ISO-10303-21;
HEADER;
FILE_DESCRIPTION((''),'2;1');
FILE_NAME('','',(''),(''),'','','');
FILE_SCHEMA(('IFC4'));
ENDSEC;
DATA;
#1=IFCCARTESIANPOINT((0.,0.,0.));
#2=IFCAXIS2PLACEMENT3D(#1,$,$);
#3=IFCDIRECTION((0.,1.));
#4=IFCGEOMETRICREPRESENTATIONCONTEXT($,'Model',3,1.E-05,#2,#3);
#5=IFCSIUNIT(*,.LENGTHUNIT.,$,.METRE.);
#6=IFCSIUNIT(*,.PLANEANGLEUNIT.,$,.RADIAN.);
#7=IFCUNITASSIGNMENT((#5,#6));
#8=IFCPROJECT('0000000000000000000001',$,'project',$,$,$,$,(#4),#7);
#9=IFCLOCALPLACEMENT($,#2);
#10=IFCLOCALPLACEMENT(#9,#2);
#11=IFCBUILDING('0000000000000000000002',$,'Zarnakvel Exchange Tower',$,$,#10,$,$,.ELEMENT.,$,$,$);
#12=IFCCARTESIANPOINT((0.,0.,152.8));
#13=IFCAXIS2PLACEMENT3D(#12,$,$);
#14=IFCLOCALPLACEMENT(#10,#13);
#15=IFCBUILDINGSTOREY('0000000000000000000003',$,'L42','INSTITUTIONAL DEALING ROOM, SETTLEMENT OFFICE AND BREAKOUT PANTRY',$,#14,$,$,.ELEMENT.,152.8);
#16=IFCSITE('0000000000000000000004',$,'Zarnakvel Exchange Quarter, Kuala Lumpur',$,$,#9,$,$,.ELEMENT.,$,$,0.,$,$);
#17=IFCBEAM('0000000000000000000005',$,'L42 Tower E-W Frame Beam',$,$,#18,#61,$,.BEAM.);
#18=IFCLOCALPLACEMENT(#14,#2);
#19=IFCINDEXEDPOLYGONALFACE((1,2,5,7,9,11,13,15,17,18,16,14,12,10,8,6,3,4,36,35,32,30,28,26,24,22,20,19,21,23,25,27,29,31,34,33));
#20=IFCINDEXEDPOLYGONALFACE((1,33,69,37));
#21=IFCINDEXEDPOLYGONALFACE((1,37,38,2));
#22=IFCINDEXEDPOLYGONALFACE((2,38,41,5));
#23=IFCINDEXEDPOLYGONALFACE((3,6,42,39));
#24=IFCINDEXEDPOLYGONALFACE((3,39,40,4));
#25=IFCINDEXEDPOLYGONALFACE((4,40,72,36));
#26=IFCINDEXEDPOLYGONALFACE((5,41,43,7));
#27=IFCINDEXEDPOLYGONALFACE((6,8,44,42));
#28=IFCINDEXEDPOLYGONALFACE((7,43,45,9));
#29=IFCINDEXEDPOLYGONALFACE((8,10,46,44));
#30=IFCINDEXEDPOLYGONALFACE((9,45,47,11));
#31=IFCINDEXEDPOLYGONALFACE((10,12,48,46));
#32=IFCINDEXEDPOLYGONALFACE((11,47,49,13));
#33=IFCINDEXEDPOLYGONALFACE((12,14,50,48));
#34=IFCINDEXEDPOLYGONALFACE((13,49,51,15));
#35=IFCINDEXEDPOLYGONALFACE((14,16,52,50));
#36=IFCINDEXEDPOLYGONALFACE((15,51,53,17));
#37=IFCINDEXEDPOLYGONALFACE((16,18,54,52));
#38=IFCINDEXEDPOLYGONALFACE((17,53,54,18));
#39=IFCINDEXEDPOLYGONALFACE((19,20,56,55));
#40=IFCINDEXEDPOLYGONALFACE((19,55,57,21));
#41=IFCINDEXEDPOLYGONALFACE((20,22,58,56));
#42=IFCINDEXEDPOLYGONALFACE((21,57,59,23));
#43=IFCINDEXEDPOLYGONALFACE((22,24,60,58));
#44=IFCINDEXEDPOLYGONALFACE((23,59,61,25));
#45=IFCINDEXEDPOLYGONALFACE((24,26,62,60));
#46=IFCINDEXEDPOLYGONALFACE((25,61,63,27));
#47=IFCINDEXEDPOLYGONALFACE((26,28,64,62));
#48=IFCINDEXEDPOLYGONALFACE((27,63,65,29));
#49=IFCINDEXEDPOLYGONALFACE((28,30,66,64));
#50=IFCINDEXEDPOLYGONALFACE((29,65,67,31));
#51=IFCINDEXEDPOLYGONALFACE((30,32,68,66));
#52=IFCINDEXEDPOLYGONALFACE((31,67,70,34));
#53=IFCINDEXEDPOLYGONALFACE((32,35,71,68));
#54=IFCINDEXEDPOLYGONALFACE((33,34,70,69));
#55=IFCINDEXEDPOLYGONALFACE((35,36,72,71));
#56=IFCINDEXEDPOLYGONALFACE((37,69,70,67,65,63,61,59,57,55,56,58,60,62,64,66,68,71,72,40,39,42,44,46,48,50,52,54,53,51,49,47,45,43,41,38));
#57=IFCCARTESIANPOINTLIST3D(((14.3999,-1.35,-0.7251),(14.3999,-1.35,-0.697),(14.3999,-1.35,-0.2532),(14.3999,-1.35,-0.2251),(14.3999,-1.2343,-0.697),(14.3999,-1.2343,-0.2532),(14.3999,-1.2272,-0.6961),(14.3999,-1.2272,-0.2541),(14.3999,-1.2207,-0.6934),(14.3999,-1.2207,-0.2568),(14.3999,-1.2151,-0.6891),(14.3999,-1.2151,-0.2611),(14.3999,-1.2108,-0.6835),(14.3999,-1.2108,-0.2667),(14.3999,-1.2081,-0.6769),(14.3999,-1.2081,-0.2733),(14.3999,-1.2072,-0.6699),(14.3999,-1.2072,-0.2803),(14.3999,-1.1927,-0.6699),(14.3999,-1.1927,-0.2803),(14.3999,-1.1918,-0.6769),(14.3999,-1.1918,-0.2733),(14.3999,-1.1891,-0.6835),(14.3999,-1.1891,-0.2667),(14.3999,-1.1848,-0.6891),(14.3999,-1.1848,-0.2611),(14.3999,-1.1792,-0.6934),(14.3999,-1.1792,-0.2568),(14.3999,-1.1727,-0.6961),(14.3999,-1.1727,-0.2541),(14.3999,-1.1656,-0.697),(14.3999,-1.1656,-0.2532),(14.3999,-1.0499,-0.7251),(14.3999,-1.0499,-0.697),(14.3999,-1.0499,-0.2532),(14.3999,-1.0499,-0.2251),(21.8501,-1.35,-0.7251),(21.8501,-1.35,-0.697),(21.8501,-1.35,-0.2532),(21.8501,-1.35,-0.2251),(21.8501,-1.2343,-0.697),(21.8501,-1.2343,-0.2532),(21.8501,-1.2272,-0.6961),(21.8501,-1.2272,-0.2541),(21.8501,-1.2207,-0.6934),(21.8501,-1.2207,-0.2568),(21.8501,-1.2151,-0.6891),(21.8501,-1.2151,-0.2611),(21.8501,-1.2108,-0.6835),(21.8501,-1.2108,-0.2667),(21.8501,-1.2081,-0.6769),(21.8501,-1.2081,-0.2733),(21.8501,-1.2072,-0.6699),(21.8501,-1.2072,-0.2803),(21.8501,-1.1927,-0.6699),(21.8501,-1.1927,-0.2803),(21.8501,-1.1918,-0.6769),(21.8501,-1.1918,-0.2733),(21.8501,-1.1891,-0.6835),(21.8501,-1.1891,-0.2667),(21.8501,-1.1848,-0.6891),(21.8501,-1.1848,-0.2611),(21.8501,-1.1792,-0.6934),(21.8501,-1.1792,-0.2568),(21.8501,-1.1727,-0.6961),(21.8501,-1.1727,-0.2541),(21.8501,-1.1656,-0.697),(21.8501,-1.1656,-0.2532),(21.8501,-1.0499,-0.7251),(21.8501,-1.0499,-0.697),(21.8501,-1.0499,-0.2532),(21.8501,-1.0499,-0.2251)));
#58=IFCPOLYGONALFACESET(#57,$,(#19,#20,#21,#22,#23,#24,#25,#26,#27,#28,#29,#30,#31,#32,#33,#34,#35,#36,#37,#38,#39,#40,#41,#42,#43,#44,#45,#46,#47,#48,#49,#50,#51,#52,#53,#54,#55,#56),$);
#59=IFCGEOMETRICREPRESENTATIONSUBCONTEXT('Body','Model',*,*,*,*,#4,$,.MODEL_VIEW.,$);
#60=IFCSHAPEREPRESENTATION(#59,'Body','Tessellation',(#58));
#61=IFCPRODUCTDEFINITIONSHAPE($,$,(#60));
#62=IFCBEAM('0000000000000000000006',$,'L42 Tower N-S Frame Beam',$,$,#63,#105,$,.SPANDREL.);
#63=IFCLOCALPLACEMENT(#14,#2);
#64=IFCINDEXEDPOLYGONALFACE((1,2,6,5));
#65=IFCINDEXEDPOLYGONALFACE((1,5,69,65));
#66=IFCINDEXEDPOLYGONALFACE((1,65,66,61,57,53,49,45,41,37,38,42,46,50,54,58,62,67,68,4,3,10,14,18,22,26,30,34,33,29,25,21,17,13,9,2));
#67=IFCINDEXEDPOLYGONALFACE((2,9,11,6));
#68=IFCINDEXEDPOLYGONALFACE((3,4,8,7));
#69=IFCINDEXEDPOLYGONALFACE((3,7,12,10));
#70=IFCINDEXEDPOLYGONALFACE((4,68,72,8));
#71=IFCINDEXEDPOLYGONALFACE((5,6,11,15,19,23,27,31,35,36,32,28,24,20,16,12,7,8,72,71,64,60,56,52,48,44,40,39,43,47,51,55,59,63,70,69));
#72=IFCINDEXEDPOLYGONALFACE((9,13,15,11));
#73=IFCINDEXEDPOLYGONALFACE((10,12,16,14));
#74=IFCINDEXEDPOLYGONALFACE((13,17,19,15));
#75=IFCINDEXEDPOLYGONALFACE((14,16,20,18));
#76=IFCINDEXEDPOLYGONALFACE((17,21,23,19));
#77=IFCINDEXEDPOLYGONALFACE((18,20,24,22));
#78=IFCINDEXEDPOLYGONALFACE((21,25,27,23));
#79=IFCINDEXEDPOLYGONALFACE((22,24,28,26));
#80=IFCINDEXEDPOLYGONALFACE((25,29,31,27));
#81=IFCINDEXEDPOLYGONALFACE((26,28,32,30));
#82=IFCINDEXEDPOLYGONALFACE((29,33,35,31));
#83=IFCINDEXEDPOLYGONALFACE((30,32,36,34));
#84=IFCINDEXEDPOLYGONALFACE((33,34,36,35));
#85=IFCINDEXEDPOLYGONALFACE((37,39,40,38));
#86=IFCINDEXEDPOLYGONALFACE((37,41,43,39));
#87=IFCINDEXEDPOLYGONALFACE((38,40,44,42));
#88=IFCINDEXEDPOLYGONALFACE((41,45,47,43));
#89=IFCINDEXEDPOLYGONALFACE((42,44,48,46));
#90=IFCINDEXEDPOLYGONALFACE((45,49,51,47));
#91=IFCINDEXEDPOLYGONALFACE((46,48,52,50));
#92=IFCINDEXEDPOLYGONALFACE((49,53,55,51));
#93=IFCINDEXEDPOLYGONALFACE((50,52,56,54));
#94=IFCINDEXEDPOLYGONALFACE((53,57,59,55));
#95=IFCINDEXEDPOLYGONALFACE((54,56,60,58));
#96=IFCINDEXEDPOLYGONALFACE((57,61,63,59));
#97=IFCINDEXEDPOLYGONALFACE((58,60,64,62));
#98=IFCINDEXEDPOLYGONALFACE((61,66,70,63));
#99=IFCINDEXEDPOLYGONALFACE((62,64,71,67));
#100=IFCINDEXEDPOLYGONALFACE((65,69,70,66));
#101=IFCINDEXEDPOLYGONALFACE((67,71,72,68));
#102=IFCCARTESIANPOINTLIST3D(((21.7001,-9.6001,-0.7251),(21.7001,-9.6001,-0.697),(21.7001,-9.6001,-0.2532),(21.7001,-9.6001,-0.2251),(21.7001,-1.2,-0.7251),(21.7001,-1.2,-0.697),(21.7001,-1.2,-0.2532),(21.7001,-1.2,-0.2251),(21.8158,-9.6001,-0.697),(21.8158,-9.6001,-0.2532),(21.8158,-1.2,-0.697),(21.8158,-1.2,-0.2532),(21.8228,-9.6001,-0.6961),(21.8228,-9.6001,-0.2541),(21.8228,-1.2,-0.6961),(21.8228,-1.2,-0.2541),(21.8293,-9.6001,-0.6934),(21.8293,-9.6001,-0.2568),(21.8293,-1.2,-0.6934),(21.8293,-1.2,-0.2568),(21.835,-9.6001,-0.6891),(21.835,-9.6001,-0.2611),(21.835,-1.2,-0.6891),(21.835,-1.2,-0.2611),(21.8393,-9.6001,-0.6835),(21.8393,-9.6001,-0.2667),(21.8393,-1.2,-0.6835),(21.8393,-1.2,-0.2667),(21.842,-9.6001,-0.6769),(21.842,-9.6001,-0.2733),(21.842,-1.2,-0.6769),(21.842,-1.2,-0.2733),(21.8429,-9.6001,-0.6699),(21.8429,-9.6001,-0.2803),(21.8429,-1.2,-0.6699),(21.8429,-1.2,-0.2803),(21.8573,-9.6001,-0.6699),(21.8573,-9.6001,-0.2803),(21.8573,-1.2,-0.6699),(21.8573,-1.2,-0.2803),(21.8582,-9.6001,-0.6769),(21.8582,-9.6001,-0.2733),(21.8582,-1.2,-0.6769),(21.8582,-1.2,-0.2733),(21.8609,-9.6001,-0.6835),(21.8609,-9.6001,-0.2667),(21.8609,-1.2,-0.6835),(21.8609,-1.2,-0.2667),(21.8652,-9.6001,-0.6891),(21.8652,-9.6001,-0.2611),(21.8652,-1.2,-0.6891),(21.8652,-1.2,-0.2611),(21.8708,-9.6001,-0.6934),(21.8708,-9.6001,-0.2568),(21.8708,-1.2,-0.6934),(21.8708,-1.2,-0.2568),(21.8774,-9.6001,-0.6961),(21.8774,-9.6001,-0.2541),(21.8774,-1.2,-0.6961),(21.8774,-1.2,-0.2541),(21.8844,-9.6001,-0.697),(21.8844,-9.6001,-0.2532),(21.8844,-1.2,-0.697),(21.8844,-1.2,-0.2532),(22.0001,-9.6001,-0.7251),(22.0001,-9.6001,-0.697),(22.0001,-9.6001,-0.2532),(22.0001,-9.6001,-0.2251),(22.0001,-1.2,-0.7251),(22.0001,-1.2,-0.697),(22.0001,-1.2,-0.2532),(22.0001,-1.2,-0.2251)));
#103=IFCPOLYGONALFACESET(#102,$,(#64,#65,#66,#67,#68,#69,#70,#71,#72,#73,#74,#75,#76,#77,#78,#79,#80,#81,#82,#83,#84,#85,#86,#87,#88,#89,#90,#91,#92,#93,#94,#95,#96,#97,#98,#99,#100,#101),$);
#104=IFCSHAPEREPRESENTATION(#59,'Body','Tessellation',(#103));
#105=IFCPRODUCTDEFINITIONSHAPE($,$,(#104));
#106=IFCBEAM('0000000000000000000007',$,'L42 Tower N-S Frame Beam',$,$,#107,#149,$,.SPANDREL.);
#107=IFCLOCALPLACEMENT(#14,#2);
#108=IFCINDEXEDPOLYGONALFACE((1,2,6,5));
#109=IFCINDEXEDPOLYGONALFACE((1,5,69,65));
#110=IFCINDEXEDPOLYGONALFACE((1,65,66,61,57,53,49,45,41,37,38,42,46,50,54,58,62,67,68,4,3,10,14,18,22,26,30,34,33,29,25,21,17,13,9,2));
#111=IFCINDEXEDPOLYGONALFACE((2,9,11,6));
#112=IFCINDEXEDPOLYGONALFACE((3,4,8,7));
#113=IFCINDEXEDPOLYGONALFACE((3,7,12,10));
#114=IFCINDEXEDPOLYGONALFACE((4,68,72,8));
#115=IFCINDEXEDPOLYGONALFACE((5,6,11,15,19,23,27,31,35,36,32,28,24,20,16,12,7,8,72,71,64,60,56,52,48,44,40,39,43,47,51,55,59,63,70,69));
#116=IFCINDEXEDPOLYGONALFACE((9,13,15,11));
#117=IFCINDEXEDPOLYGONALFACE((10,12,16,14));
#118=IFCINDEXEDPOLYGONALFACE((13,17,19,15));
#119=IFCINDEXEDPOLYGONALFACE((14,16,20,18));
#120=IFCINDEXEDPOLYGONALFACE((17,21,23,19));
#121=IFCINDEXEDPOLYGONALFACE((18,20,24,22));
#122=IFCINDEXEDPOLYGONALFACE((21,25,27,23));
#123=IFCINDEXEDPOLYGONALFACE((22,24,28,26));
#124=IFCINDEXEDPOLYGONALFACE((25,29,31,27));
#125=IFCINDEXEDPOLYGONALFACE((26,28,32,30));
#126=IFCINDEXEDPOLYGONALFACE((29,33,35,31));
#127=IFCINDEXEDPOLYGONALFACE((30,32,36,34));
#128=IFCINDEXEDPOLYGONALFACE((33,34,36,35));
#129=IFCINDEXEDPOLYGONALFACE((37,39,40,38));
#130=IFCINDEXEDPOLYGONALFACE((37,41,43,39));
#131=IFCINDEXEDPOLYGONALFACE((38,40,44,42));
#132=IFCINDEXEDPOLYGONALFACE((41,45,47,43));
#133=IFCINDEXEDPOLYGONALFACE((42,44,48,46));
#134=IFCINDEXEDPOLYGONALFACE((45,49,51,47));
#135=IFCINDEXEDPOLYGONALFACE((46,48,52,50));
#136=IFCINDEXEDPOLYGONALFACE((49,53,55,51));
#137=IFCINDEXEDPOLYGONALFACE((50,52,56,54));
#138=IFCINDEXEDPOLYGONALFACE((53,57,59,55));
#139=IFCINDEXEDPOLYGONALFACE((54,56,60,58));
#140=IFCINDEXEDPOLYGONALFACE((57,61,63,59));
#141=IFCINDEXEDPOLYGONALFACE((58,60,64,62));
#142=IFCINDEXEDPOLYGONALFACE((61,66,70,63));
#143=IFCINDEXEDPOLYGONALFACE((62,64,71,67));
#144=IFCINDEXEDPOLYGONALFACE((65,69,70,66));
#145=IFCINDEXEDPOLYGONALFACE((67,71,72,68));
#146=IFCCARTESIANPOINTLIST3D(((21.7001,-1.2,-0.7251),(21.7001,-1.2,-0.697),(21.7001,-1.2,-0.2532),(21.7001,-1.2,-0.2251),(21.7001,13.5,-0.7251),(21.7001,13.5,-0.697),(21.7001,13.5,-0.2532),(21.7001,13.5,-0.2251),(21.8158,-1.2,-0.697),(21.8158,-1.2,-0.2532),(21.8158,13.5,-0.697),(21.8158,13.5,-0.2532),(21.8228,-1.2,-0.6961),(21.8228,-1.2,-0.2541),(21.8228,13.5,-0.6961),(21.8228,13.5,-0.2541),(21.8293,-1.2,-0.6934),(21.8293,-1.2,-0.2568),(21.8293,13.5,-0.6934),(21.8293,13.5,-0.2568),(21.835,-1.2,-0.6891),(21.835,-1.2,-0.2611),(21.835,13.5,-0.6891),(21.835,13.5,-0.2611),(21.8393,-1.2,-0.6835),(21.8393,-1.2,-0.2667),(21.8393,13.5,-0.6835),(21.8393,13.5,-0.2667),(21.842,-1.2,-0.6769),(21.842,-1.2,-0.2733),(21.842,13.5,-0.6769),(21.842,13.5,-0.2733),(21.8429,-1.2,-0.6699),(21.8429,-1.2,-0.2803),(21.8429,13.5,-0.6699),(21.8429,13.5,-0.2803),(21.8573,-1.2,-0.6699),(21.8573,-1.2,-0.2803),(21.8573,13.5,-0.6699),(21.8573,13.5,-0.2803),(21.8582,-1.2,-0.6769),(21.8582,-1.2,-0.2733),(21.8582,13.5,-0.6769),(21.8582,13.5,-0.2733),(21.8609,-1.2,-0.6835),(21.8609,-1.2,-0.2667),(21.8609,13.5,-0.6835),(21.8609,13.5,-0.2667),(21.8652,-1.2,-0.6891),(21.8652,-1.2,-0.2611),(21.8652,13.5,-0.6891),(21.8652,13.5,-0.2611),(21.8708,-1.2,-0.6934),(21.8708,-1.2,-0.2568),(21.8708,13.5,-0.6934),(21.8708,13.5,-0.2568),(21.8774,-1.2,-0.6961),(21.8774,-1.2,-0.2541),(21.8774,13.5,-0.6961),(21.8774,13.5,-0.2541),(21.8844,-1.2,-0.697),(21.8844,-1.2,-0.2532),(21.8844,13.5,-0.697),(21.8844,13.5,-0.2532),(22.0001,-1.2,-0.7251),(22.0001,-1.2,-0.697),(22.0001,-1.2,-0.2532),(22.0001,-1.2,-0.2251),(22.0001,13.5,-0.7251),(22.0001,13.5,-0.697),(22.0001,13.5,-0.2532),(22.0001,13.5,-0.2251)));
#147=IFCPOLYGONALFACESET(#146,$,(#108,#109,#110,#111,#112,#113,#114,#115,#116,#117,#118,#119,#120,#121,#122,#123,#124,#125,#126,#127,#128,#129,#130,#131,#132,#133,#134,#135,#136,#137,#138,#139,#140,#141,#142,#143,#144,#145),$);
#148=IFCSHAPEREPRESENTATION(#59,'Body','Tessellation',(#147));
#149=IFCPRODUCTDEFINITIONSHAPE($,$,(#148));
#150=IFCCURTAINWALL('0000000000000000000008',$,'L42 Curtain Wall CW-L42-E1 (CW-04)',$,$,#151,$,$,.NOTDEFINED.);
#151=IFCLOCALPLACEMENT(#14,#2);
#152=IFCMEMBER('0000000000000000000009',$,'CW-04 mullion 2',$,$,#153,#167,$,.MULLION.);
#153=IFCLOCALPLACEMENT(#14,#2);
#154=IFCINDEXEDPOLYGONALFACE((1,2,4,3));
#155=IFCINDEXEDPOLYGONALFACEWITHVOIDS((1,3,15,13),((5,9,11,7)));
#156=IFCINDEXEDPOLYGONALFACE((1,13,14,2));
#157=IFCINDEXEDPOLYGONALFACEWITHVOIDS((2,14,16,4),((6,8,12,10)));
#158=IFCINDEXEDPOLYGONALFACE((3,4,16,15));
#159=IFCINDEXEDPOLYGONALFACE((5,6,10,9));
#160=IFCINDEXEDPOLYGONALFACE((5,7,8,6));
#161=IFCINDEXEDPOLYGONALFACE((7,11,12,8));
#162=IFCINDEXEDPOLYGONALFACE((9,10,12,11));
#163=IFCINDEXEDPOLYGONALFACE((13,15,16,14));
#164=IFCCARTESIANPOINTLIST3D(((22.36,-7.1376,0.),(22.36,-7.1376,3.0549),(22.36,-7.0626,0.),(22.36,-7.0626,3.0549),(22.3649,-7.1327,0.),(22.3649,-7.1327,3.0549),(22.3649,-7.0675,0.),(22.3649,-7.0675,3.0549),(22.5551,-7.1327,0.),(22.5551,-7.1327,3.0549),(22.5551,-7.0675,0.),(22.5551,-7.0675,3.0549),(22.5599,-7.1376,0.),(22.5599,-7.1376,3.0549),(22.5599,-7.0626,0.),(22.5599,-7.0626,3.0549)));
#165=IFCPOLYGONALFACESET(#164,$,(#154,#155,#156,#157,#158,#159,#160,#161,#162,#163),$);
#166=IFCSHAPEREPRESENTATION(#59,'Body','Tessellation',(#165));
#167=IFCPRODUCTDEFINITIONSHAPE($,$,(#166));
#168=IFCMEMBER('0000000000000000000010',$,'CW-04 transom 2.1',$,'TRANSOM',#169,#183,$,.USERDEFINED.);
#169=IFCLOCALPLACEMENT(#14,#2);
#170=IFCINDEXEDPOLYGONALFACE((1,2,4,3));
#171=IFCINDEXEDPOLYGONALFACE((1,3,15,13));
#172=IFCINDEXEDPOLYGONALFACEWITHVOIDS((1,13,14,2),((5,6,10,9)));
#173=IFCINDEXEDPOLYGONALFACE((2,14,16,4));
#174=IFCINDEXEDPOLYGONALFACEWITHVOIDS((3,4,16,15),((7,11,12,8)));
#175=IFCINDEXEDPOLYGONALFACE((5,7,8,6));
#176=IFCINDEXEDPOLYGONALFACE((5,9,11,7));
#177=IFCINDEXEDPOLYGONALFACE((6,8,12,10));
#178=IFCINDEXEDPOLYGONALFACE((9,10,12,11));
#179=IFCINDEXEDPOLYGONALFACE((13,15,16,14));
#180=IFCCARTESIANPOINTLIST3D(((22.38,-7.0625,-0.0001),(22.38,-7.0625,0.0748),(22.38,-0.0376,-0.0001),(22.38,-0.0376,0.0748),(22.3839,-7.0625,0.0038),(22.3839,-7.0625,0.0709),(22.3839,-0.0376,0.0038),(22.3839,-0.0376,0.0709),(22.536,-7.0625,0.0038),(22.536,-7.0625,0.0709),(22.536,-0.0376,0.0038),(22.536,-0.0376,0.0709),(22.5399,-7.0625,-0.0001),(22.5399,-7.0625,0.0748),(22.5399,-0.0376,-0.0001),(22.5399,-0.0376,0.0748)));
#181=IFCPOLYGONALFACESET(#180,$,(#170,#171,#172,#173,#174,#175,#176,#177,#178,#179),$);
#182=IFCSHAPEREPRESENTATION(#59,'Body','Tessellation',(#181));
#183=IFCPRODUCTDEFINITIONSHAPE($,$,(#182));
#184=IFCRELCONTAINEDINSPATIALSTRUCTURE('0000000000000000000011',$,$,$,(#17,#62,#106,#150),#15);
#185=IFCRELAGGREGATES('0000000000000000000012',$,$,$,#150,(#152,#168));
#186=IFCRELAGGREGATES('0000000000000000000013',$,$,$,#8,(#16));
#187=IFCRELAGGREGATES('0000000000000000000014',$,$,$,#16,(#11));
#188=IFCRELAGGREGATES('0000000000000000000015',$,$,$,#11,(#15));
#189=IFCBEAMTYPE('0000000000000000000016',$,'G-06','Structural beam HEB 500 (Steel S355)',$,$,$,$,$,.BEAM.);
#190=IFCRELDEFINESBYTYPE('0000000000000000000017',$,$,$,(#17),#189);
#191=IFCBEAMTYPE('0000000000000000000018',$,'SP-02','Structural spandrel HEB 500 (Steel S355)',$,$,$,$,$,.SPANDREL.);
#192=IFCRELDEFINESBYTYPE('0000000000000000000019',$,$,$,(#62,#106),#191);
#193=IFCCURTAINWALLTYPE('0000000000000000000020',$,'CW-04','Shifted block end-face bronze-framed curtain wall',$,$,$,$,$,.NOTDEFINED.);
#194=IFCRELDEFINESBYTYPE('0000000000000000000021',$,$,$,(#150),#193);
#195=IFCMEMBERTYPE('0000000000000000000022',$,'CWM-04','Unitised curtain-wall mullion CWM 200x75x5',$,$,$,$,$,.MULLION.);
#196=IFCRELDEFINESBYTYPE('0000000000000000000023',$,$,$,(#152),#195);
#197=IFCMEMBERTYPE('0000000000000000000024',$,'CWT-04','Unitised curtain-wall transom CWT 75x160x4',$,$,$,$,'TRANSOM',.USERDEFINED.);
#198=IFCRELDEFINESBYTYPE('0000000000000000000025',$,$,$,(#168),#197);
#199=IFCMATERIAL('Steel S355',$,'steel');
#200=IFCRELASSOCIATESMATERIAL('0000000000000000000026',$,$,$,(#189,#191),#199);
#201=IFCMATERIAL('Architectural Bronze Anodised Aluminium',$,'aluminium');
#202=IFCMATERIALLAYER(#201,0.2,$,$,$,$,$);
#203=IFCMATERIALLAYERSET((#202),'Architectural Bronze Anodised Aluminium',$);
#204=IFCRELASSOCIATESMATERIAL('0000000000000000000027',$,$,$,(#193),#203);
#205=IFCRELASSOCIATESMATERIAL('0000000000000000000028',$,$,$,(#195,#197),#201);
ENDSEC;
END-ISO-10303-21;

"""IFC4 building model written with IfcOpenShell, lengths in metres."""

from ifc_helpers import new_model, si_unit, direction, frame, origin, origin_2d, place, context, subcontext, project, spatial, hollow_rectangle, i_section, extrude, source, transform, mapped, material, layer, layer_set, material_profile, profile_set, type_object, element, aggregate, save


model = new_model("IFC4")

# Units and contexts
model_context = context("Model", 3, precision=1e-05, world=origin(), true_north=direction((0.0, 1.0)))
body_context = subcontext(model_context, "Body", "Model", "MODEL_VIEW")
ifc_project = project(units=[si_unit("LENGTHUNIT", "METRE"), si_unit("PLANEANGLEUNIT", "RADIAN")], contexts=[model_context])

# Site, building, storey
site_placement = place(None, origin())
site = spatial("IfcSite", under=ifc_project, at=site_placement, Name="Zarnakvel Exchange Quarter, Kuala Lumpur", CompositionType="ELEMENT", RefElevation=0.0)
building_placement = place(site_placement, origin())
building = spatial("IfcBuilding", under=site, at=building_placement, Name="Zarnakvel Exchange Tower", CompositionType="ELEMENT")
storey_placement = place(building_placement, frame((0.0, 0.0, 152.8)))
storey = spatial("IfcBuildingStorey", under=building, at=storey_placement, Name="L42", Description="INSTITUTIONAL DEALING ROOM, SETTLEMENT OFFICE AND BREAKOUT PANTRY", CompositionType="ELEMENT", Elevation=152.8)

# Shared definitions
ifc_material_1 = material(Name="Steel S355", Category="steel")

# Beams
ifc_material_profile_1 = material_profile(ifc_material_1, i_section(OverallWidth=0.3, OverallDepth=0.5, WebThickness=0.0144, FlangeThickness=0.0281, FilletRadius=0.0271, at=origin_2d()))
ifc_profile_set_1 = profile_set([ifc_material_profile_1], Name="Steel S355")
beam_type_1 = type_object("IfcBeamType", Name="G-06", Description="Structural beam HEB 500 (Steel S355)", PredefinedType="BEAM", material=ifc_profile_set_1)
beam_1_placement = place(storey_placement, frame((14.3999, -1.2, -0.4751), z_axis=(1.0, 0.0, 0.0), x_axis=(0.0, 1.0, 0.0)))
element("IfcBeam", 1, at=beam_1_placement, inside=storey, type_object=beam_type_1, Name="L42 Tower E-W Frame Beam", PredefinedType="BEAM", context=body_context, shape_type="SweptSolid", body=[
    extrude(i_section(OverallWidth=0.3, OverallDepth=0.5, WebThickness=0.0144, FlangeThickness=0.0281, FilletRadius=0.0271, at=origin_2d()), origin(), (0.0, 0.0, 1.0), 7.4502),
])
ifc_material_profile_2 = material_profile(ifc_material_1, i_section(OverallWidth=0.3, OverallDepth=0.5, WebThickness=0.0144, FlangeThickness=0.0281, FilletRadius=0.0271, at=origin_2d()))
ifc_profile_set_2 = profile_set([ifc_material_profile_2], Name="Steel S355")
beam_type_2 = type_object("IfcBeamType", Name="SP-02", Description="Structural spandrel HEB 500 (Steel S355)", PredefinedType="SPANDREL", material=ifc_profile_set_2)
beam_2_placement = place(storey_placement, frame((21.8501, -9.6001, -0.4751), z_axis=(0.0, 1.0, 0.0), x_axis=(-1.0, 0.0, 0.0)))
element("IfcBeam", 2, at=beam_2_placement, inside=storey, type_object=beam_type_2, Name="L42 Tower N-S Frame Beam", PredefinedType="SPANDREL", context=body_context, shape_type="SweptSolid", body=[
    extrude(i_section(OverallWidth=0.3, OverallDepth=0.5, WebThickness=0.0144, FlangeThickness=0.0281, FilletRadius=0.0271, at=origin_2d()), origin(), (0.0, 0.0, 1.0), 8.4001),
])
beam_3_placement = place(storey_placement, frame((21.8501, -1.2, -0.4751), z_axis=(0.0, 1.0, 0.0), x_axis=(-1.0, 0.0, 0.0)))
element("IfcBeam", 3, at=beam_3_placement, inside=storey, type_object=beam_type_2, Name="L42 Tower N-S Frame Beam", PredefinedType="SPANDREL", context=body_context, shape_type="SweptSolid", body=[
    extrude(i_section(OverallWidth=0.3, OverallDepth=0.5, WebThickness=0.0144, FlangeThickness=0.0281, FilletRadius=0.0271, at=origin_2d()), origin(), (0.0, 0.0, 1.0), 14.7),
])

# Curtain wall, members
ifc_material_2 = material(Name="Architectural Bronze Anodised Aluminium", Category="aluminium")
ifc_layer_1 = layer(ifc_material_2, 0.2)
ifc_layer_set_1 = layer_set([ifc_layer_1], Name="Architectural Bronze Anodised Aluminium")
curtain_wall_type = type_object("IfcCurtainWallType", Name="CW-04", Description="Shifted block end-face bronze-framed curtain wall", PredefinedType="NOTDEFINED", material=ifc_layer_set_1)
curtain_wall_placement = place(storey_placement, origin())
curtain_wall = element("IfcCurtainWall", 4, at=curtain_wall_placement, inside=storey, type_object=curtain_wall_type, Name="L42 Curtain Wall CW-L42-E1 (CW-04)", PredefinedType="NOTDEFINED")
ifc_material_profile_3 = material_profile(ifc_material_2, hollow_rectangle(XDim=0.2, YDim=0.075, WallThickness=0.0049, at=origin_2d()))
ifc_profile_set_3 = profile_set([ifc_material_profile_3], Name="Architectural Bronze Anodised Aluminium")
member_type_1 = type_object("IfcMemberType", Name="CWM-04", Description="Unitised curtain-wall mullion CWM 200x75x5", PredefinedType="MULLION", material=ifc_profile_set_3)
shared_shape_1 = source(origin(), body_context, "Body", "SweptSolid", [
    extrude(hollow_rectangle(XDim=0.2, YDim=0.075, WallThickness=0.0049, at=origin_2d()), origin(), (0.0, 0.0, 1.0), 3.0549),
])
member_1_placement = place(storey_placement, frame((22.46, -7.1001, 0.0), z_axis=(0.0, 0.0, 1.0), x_axis=(-1.0, 0.0, 0.0)))
member_1 = element("IfcMember", 5, at=member_1_placement, type_object=member_type_1, Name="CW-04 mullion 2", PredefinedType="MULLION", context=body_context, shape_type="MappedRepresentation", body=[
    mapped(shared_shape_1, transform((0.0, 0.0, 0.0), x_axis=(1.0, 0.0, 0.0), y_axis=(0.0, 1.0, 0.0), z_axis=(0.0, 0.0, 1.0), scale=1.0)),
])
ifc_material_profile_4 = material_profile(ifc_material_2, hollow_rectangle(XDim=0.1599, YDim=0.075, WallThickness=0.0039, at=origin_2d()))
ifc_profile_set_4 = profile_set([ifc_material_profile_4], Name="Architectural Bronze Anodised Aluminium")
member_type_2 = type_object("IfcMemberType", Name="CWT-04", Description="Unitised curtain-wall transom CWT 75x160x4", ElementType="TRANSOM", PredefinedType="USERDEFINED", material=ifc_profile_set_4)
shared_shape_2 = source(origin(), body_context, "Body", "SweptSolid", [
    extrude(hollow_rectangle(XDim=0.1599, YDim=0.075, WallThickness=0.0039, at=origin_2d()), origin(), (0.0, 0.0, 1.0), 7.0249),
])
member_2_placement = place(storey_placement, frame((22.46, -7.0625, 0.0374), z_axis=(0.0, 1.0, 0.0), x_axis=(-1.0, 0.0, 0.0)))
member_2 = element("IfcMember", 6, at=member_2_placement, type_object=member_type_2, Name="CW-04 transom 2.1", ObjectType="TRANSOM", PredefinedType="USERDEFINED", context=body_context, shape_type="MappedRepresentation", body=[
    mapped(shared_shape_2, transform((0.0, 0.0, 0.0), x_axis=(1.0, 0.0, 0.0), y_axis=(0.0, 1.0, 0.0), z_axis=(0.0, 0.0, 1.0), scale=1.0)),
])
aggregate(curtain_wall, [member_1, member_2])

save(model, "model.ifc")
